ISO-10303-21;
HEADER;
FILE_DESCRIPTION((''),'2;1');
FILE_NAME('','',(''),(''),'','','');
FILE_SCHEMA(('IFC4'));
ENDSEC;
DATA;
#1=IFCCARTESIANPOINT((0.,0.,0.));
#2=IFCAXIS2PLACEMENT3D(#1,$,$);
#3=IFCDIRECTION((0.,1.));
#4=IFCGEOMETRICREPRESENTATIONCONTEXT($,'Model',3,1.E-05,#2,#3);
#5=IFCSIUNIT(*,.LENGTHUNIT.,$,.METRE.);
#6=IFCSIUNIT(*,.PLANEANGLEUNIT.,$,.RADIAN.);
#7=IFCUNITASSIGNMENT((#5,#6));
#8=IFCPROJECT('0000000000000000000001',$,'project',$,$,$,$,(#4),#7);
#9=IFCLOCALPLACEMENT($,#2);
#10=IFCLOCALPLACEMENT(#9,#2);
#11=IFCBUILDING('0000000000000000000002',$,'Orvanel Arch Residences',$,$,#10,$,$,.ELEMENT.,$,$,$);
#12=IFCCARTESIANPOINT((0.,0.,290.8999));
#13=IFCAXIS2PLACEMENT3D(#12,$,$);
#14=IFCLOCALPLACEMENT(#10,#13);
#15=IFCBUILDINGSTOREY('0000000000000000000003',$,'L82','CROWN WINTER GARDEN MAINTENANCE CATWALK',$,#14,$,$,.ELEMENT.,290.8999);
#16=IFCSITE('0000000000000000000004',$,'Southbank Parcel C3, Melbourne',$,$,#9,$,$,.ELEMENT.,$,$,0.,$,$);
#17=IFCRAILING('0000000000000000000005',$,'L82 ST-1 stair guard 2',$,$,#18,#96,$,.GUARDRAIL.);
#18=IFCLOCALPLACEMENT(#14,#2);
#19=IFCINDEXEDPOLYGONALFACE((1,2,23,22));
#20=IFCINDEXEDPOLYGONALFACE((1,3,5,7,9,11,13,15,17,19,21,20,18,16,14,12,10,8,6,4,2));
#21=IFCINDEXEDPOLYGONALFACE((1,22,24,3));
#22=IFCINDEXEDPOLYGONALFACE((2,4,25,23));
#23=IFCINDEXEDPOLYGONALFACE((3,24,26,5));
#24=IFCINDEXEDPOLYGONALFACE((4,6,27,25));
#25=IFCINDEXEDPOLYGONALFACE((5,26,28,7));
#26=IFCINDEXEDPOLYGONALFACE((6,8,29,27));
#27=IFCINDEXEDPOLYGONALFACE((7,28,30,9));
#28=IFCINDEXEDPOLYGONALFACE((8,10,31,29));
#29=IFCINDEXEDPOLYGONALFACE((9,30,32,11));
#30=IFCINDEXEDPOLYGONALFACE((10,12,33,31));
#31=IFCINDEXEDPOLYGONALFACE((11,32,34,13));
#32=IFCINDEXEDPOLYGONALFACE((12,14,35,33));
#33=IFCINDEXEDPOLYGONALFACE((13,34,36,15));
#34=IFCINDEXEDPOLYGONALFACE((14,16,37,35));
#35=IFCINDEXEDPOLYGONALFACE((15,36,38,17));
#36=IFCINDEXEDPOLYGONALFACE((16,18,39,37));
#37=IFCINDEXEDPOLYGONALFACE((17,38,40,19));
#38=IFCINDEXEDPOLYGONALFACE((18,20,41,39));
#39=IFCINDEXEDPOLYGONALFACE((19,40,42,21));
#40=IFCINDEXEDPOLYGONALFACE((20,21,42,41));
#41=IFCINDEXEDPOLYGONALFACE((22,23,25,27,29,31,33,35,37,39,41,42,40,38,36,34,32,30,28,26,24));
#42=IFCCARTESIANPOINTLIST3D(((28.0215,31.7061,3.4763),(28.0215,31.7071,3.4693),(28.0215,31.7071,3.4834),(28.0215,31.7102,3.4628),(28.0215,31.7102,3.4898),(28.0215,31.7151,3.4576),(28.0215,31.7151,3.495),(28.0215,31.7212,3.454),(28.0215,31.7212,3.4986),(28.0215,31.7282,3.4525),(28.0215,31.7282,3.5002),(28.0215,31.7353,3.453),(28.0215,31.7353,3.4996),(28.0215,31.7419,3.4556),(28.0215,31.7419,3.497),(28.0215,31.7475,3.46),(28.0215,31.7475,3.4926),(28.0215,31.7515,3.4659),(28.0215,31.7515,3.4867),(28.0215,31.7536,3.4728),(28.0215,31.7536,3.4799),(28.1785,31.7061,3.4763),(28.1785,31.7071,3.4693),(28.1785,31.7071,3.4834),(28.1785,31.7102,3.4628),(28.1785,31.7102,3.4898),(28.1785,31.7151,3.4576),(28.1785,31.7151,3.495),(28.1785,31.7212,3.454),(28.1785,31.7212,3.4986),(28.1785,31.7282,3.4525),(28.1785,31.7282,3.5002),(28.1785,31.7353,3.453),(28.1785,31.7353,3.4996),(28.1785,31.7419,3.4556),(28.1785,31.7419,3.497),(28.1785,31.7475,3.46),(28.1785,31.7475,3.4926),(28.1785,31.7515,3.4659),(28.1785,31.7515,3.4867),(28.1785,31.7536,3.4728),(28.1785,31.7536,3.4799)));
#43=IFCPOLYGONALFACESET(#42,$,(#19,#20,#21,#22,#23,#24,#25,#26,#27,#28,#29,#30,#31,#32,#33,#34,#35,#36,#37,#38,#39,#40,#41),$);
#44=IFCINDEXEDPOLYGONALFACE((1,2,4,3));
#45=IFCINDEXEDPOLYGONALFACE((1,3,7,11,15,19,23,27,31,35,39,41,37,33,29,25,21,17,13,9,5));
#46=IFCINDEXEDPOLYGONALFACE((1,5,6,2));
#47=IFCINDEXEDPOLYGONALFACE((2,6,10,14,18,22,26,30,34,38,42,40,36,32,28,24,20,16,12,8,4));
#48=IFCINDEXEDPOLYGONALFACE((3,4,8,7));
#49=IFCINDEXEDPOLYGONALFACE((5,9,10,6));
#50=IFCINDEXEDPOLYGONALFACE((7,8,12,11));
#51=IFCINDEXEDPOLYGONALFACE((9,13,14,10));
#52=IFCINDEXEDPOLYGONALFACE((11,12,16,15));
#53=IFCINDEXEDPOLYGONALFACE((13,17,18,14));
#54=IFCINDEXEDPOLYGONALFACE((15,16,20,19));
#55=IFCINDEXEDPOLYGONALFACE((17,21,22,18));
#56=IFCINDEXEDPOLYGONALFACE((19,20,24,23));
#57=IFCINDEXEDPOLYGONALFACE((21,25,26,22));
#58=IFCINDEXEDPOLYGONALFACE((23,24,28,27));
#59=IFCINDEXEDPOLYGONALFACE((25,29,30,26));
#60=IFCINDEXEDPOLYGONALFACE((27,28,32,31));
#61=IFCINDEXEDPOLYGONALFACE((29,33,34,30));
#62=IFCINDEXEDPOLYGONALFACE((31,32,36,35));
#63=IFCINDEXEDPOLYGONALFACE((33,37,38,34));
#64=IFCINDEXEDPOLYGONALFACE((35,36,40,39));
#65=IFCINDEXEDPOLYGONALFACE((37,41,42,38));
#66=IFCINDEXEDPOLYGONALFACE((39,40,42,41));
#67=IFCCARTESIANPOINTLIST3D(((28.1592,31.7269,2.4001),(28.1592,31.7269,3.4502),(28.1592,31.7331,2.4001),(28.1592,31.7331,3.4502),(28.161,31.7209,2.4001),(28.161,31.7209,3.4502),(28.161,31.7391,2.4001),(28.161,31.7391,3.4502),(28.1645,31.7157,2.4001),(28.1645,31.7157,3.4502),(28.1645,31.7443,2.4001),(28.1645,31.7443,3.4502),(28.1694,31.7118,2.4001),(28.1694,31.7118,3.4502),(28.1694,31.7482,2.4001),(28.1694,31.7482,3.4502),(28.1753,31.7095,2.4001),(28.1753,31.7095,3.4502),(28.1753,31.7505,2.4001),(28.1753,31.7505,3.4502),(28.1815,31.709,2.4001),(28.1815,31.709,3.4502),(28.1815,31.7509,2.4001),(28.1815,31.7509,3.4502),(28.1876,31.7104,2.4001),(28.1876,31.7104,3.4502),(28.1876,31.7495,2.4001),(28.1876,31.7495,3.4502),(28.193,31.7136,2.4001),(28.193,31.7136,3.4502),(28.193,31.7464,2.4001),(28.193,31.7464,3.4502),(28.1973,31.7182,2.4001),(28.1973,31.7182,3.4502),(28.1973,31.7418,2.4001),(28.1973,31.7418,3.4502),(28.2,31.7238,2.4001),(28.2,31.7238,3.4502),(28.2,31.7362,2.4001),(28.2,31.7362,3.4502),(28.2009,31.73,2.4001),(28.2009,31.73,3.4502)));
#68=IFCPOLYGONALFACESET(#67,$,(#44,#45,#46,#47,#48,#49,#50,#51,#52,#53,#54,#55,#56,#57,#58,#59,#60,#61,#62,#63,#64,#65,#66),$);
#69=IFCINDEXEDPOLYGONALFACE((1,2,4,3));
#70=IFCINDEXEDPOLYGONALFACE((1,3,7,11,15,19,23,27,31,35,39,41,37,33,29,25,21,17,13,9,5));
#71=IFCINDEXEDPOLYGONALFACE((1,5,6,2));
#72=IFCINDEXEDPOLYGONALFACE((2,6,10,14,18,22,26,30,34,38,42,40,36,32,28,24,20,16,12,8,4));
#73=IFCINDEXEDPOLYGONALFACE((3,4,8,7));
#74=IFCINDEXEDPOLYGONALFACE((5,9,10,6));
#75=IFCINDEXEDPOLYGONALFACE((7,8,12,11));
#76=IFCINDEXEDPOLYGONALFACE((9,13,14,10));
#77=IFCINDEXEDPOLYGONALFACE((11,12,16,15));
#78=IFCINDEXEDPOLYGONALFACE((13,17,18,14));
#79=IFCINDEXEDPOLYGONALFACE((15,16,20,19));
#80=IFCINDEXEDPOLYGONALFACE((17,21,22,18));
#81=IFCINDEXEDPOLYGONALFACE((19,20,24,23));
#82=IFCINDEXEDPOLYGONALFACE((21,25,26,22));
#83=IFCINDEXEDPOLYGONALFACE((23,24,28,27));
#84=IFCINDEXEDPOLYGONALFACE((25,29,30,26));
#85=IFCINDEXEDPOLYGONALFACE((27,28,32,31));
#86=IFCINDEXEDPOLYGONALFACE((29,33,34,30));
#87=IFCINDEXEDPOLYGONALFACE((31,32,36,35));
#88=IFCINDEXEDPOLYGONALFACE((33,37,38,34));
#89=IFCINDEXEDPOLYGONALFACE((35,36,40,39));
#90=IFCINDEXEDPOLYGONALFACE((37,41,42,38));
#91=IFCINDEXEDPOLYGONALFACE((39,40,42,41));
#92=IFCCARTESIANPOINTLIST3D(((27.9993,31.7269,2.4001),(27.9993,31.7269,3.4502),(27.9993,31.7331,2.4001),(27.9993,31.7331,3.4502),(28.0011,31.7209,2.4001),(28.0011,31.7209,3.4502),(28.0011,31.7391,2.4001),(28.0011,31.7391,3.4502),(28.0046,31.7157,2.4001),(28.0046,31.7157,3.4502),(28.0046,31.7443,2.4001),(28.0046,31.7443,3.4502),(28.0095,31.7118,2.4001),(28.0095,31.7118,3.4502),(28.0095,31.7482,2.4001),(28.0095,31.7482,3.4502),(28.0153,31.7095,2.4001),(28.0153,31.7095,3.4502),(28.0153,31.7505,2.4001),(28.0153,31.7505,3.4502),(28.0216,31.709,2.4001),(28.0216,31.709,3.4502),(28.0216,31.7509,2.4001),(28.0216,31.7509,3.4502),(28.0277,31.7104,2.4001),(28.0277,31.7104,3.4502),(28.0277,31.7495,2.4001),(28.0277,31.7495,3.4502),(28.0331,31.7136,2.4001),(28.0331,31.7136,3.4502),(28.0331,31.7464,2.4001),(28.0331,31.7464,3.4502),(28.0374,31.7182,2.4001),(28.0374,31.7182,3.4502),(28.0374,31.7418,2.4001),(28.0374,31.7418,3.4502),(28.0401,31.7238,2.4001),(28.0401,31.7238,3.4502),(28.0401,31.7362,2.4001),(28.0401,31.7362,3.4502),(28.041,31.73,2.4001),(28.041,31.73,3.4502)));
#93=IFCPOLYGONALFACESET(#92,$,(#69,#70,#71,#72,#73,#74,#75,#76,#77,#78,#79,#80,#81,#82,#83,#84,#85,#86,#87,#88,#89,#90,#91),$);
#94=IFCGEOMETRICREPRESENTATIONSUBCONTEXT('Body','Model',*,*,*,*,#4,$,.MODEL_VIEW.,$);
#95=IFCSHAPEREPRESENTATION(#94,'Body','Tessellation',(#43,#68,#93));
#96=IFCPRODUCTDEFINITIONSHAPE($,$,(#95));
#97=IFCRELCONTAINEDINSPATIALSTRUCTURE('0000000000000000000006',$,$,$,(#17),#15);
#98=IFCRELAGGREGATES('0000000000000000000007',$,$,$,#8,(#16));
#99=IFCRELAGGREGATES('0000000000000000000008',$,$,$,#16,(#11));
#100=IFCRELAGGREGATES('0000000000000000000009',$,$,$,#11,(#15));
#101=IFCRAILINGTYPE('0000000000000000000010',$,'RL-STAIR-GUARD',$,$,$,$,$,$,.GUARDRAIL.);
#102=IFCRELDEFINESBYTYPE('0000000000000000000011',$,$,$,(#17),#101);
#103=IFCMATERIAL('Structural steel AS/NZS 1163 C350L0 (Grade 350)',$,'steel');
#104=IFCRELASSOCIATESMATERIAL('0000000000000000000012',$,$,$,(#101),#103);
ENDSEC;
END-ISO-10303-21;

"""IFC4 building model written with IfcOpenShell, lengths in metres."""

from ifc_helpers import new_model, si_unit, direction, frame, origin, origin_2d, place, context, subcontext, project, spatial, circle, extrude, material, type_object, element, save


model = new_model("IFC4")

# Units and contexts
model_context = context("Model", 3, precision=1e-05, world=origin(), true_north=direction((0.0, 1.0)))
body_context = subcontext(model_context, "Body", "Model", "MODEL_VIEW")
ifc_project = project(units=[si_unit("LENGTHUNIT", "METRE"), si_unit("PLANEANGLEUNIT", "RADIAN")], contexts=[model_context])

# Site, building, storey
site_placement = place(None, origin())
site = spatial("IfcSite", under=ifc_project, at=site_placement, Name="Southbank Parcel C3, Melbourne", CompositionType="ELEMENT", RefElevation=0.0)
building_placement = place(site_placement, origin())
building = spatial("IfcBuilding", under=site, at=building_placement, Name="Orvanel Arch Residences", CompositionType="ELEMENT")
storey_placement = place(building_placement, frame((0.0, 0.0, 290.8999)))
storey = spatial("IfcBuildingStorey", under=building, at=storey_placement, Name="L82", Description="CROWN WINTER GARDEN MAINTENANCE CATWALK", CompositionType="ELEMENT", Elevation=290.8999)

# Shared definitions
ifc_material_1 = material(Name="Structural steel AS/NZS 1163 C350L0 (Grade 350)", Category="steel")

# Railing
railing_type_1 = type_object("IfcRailingType", Name="RL-STAIR-GUARD", PredefinedType="GUARDRAIL", material=ifc_material_1)
railing_1_placement = place(storey_placement, frame((28.1799, 31.73, 2.4001)))
element("IfcRailing", 1, at=railing_1_placement, inside=storey, type_object=railing_type_1, Name="L82 ST-1 stair guard 2", PredefinedType="GUARDRAIL", context=body_context, shape_type="SweptSolid", body=[
    extrude(circle(Radius=0.0239, at=origin_2d()), frame((-0.0015, 0.0, 1.0762), z_axis=(-1.0, 0.0, 0.0), x_axis=(0.0, -1.0, 0.0)), (0.0, 0.0, 1.0), 0.157),
    extrude(circle(Radius=0.021, at=origin_2d()), origin(), (0.0, 0.0, 1.0), 1.05),
    extrude(circle(Radius=0.021, at=origin_2d()), frame((-0.1599, 0.0, 0.0)), (0.0, 0.0, 1.0), 1.05),
])

save(model, "model.ifc")
